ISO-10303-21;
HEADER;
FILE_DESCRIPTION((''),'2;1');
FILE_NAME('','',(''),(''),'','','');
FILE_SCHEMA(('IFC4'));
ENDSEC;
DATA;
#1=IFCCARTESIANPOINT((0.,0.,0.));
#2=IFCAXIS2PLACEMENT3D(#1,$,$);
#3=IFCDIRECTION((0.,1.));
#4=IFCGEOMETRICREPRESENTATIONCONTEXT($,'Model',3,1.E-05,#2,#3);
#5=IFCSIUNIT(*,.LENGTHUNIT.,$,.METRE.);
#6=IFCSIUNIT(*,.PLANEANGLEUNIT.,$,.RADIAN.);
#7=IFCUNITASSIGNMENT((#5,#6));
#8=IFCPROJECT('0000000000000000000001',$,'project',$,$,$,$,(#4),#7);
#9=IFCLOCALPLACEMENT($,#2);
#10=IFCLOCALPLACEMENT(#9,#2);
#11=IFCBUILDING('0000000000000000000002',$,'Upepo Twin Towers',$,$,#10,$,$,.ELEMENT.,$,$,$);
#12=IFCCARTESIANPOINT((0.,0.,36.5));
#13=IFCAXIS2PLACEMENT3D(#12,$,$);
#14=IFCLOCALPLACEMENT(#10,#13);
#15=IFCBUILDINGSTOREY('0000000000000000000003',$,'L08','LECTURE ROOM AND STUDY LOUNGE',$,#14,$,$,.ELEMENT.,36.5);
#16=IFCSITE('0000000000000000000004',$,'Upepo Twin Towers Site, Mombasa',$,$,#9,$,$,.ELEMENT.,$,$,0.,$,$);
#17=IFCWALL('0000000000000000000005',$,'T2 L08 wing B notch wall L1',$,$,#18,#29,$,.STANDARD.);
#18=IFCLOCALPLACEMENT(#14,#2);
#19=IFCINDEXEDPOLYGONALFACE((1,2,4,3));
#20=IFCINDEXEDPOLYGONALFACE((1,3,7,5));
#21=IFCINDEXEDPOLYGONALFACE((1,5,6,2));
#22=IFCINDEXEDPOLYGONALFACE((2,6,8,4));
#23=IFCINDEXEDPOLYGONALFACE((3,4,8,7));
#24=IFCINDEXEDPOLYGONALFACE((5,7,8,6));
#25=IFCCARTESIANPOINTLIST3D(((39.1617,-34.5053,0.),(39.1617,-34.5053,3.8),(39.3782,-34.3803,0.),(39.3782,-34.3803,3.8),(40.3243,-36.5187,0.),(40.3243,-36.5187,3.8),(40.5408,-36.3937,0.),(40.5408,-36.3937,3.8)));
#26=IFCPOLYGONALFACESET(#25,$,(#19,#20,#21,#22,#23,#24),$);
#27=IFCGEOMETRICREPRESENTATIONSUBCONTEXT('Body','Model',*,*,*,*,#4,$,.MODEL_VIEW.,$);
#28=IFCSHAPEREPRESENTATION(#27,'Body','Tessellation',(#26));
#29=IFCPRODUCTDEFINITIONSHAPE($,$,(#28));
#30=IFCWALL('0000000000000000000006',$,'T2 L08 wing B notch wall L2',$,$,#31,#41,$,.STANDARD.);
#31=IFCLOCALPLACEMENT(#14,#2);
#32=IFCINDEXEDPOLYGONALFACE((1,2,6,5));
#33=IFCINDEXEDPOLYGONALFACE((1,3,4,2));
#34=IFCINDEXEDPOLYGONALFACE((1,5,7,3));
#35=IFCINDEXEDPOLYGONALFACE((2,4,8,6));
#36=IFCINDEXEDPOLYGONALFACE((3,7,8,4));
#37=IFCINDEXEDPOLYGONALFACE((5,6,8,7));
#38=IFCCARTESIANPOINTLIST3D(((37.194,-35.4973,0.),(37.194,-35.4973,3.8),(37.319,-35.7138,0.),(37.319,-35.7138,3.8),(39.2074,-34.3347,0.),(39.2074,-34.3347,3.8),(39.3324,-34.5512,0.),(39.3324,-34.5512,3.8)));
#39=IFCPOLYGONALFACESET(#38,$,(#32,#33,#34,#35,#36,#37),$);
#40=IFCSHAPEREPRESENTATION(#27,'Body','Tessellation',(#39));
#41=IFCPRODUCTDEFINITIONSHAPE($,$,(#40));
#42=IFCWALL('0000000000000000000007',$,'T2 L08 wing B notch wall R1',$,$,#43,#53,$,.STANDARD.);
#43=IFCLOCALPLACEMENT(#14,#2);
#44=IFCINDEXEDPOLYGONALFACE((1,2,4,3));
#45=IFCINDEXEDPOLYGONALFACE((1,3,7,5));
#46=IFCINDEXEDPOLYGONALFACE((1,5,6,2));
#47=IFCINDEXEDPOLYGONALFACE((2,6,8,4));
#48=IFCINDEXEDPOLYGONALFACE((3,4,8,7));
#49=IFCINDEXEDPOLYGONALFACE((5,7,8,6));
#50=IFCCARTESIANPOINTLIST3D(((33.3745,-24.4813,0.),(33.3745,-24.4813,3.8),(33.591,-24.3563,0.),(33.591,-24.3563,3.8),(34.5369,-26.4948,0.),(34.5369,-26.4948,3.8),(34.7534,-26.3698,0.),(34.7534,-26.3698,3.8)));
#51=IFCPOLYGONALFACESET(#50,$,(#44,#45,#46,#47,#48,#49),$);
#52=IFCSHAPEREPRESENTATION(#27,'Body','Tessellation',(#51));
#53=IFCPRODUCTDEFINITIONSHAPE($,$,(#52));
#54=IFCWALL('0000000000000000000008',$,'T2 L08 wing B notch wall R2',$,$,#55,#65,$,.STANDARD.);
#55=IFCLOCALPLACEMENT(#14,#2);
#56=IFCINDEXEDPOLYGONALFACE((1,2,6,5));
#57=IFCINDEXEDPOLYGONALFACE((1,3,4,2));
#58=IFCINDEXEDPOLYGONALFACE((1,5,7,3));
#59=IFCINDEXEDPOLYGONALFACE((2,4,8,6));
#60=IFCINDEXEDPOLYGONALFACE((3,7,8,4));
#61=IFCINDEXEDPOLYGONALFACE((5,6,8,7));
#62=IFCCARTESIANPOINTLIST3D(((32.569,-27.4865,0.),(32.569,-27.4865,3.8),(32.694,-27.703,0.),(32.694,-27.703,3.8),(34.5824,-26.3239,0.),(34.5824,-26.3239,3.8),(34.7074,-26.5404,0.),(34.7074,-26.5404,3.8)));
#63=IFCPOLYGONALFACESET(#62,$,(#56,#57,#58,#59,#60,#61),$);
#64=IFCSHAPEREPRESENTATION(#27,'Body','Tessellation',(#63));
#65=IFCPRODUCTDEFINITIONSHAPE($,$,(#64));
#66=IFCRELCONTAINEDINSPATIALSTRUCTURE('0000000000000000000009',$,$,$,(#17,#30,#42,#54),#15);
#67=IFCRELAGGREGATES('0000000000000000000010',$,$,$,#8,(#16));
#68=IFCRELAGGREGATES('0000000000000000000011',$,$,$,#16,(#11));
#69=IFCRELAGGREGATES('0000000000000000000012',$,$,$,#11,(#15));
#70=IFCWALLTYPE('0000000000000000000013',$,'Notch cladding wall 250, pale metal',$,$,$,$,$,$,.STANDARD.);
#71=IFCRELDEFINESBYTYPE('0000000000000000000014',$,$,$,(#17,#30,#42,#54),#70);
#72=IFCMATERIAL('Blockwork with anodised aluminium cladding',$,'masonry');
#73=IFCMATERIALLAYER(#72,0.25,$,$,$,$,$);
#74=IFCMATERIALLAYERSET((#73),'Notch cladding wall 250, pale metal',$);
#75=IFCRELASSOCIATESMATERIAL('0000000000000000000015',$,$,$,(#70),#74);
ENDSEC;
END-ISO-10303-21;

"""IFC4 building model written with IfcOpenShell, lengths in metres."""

from ifc_helpers import new_model, si_unit, direction, frame, frame_2d, origin, place, context, subcontext, project, spatial, rectangle, extrude, material, layer, layer_set, type_object, element, save


model = new_model("IFC4")

# Units and contexts
model_context = context("Model", 3, precision=1e-05, world=origin(), true_north=direction((0.0, 1.0)))
body_context = subcontext(model_context, "Body", "Model", "MODEL_VIEW")
ifc_project = project(units=[si_unit("LENGTHUNIT", "METRE"), si_unit("PLANEANGLEUNIT", "RADIAN")], contexts=[model_context])

# Site, building, storey
site_placement = place(None, origin())
site = spatial("IfcSite", under=ifc_project, at=site_placement, Name="Upepo Twin Towers Site, Mombasa", CompositionType="ELEMENT", RefElevation=0.0)
building_placement = place(site_placement, origin())
building = spatial("IfcBuilding", under=site, at=building_placement, Name="Upepo Twin Towers", CompositionType="ELEMENT")
storey_placement = place(building_placement, frame((0.0, 0.0, 36.5)))
storey = spatial("IfcBuildingStorey", under=building, at=storey_placement, Name="L08", Description="LECTURE ROOM AND STUDY LOUNGE", CompositionType="ELEMENT", Elevation=36.5)

# Walls
ifc_material_1 = material(Name="Blockwork with anodised aluminium cladding", Category="masonry")
ifc_layer_1 = layer(ifc_material_1, 0.25)
ifc_layer_set_1 = layer_set([ifc_layer_1], Name="Notch cladding wall 250, pale metal")
wall_type_1 = type_object("IfcWallType", Name="Notch cladding wall 250, pale metal", PredefinedType="STANDARD", material=ifc_layer_set_1)
for number, where, z_axis, x_axis, name in (
    (1, (40.4326, -36.4563, 0.0), (0.0, 0.0, 1.0), (-0.500047, 0.865998, 0.0), "T2 L08 wing B notch wall L1"),
    (2, (39.27, -34.4429, 0.0), (0.0, 0.0, 1.0), (-0.865998, -0.500047, 0.0), "T2 L08 wing B notch wall L2"),
    (3, (33.4827, -24.4187, 0.0), (0.0, 0.0, 1.0), (0.499968, -0.866044, 0.0), "T2 L08 wing B notch wall R1"),
    (4, (34.645, -26.4321, 0.0), (0.0, 0.0, 1.0), (-0.865998, -0.500047, 0.0), "T2 L08 wing B notch wall R2"),
):
    element("IfcWall", number, at=place(storey_placement, frame(where, z_axis=z_axis, x_axis=x_axis)), inside=storey, type_object=wall_type_1, Name=name, PredefinedType="STANDARD", context=body_context, shape_type="SweptSolid", body=[
        extrude(rectangle(XDim=2.325, YDim=0.25, at=frame_2d((1.1626, 0.0))), origin(), (0.0, 0.0, 1.0), 3.8),
    ])

save(model, "model.ifc")
